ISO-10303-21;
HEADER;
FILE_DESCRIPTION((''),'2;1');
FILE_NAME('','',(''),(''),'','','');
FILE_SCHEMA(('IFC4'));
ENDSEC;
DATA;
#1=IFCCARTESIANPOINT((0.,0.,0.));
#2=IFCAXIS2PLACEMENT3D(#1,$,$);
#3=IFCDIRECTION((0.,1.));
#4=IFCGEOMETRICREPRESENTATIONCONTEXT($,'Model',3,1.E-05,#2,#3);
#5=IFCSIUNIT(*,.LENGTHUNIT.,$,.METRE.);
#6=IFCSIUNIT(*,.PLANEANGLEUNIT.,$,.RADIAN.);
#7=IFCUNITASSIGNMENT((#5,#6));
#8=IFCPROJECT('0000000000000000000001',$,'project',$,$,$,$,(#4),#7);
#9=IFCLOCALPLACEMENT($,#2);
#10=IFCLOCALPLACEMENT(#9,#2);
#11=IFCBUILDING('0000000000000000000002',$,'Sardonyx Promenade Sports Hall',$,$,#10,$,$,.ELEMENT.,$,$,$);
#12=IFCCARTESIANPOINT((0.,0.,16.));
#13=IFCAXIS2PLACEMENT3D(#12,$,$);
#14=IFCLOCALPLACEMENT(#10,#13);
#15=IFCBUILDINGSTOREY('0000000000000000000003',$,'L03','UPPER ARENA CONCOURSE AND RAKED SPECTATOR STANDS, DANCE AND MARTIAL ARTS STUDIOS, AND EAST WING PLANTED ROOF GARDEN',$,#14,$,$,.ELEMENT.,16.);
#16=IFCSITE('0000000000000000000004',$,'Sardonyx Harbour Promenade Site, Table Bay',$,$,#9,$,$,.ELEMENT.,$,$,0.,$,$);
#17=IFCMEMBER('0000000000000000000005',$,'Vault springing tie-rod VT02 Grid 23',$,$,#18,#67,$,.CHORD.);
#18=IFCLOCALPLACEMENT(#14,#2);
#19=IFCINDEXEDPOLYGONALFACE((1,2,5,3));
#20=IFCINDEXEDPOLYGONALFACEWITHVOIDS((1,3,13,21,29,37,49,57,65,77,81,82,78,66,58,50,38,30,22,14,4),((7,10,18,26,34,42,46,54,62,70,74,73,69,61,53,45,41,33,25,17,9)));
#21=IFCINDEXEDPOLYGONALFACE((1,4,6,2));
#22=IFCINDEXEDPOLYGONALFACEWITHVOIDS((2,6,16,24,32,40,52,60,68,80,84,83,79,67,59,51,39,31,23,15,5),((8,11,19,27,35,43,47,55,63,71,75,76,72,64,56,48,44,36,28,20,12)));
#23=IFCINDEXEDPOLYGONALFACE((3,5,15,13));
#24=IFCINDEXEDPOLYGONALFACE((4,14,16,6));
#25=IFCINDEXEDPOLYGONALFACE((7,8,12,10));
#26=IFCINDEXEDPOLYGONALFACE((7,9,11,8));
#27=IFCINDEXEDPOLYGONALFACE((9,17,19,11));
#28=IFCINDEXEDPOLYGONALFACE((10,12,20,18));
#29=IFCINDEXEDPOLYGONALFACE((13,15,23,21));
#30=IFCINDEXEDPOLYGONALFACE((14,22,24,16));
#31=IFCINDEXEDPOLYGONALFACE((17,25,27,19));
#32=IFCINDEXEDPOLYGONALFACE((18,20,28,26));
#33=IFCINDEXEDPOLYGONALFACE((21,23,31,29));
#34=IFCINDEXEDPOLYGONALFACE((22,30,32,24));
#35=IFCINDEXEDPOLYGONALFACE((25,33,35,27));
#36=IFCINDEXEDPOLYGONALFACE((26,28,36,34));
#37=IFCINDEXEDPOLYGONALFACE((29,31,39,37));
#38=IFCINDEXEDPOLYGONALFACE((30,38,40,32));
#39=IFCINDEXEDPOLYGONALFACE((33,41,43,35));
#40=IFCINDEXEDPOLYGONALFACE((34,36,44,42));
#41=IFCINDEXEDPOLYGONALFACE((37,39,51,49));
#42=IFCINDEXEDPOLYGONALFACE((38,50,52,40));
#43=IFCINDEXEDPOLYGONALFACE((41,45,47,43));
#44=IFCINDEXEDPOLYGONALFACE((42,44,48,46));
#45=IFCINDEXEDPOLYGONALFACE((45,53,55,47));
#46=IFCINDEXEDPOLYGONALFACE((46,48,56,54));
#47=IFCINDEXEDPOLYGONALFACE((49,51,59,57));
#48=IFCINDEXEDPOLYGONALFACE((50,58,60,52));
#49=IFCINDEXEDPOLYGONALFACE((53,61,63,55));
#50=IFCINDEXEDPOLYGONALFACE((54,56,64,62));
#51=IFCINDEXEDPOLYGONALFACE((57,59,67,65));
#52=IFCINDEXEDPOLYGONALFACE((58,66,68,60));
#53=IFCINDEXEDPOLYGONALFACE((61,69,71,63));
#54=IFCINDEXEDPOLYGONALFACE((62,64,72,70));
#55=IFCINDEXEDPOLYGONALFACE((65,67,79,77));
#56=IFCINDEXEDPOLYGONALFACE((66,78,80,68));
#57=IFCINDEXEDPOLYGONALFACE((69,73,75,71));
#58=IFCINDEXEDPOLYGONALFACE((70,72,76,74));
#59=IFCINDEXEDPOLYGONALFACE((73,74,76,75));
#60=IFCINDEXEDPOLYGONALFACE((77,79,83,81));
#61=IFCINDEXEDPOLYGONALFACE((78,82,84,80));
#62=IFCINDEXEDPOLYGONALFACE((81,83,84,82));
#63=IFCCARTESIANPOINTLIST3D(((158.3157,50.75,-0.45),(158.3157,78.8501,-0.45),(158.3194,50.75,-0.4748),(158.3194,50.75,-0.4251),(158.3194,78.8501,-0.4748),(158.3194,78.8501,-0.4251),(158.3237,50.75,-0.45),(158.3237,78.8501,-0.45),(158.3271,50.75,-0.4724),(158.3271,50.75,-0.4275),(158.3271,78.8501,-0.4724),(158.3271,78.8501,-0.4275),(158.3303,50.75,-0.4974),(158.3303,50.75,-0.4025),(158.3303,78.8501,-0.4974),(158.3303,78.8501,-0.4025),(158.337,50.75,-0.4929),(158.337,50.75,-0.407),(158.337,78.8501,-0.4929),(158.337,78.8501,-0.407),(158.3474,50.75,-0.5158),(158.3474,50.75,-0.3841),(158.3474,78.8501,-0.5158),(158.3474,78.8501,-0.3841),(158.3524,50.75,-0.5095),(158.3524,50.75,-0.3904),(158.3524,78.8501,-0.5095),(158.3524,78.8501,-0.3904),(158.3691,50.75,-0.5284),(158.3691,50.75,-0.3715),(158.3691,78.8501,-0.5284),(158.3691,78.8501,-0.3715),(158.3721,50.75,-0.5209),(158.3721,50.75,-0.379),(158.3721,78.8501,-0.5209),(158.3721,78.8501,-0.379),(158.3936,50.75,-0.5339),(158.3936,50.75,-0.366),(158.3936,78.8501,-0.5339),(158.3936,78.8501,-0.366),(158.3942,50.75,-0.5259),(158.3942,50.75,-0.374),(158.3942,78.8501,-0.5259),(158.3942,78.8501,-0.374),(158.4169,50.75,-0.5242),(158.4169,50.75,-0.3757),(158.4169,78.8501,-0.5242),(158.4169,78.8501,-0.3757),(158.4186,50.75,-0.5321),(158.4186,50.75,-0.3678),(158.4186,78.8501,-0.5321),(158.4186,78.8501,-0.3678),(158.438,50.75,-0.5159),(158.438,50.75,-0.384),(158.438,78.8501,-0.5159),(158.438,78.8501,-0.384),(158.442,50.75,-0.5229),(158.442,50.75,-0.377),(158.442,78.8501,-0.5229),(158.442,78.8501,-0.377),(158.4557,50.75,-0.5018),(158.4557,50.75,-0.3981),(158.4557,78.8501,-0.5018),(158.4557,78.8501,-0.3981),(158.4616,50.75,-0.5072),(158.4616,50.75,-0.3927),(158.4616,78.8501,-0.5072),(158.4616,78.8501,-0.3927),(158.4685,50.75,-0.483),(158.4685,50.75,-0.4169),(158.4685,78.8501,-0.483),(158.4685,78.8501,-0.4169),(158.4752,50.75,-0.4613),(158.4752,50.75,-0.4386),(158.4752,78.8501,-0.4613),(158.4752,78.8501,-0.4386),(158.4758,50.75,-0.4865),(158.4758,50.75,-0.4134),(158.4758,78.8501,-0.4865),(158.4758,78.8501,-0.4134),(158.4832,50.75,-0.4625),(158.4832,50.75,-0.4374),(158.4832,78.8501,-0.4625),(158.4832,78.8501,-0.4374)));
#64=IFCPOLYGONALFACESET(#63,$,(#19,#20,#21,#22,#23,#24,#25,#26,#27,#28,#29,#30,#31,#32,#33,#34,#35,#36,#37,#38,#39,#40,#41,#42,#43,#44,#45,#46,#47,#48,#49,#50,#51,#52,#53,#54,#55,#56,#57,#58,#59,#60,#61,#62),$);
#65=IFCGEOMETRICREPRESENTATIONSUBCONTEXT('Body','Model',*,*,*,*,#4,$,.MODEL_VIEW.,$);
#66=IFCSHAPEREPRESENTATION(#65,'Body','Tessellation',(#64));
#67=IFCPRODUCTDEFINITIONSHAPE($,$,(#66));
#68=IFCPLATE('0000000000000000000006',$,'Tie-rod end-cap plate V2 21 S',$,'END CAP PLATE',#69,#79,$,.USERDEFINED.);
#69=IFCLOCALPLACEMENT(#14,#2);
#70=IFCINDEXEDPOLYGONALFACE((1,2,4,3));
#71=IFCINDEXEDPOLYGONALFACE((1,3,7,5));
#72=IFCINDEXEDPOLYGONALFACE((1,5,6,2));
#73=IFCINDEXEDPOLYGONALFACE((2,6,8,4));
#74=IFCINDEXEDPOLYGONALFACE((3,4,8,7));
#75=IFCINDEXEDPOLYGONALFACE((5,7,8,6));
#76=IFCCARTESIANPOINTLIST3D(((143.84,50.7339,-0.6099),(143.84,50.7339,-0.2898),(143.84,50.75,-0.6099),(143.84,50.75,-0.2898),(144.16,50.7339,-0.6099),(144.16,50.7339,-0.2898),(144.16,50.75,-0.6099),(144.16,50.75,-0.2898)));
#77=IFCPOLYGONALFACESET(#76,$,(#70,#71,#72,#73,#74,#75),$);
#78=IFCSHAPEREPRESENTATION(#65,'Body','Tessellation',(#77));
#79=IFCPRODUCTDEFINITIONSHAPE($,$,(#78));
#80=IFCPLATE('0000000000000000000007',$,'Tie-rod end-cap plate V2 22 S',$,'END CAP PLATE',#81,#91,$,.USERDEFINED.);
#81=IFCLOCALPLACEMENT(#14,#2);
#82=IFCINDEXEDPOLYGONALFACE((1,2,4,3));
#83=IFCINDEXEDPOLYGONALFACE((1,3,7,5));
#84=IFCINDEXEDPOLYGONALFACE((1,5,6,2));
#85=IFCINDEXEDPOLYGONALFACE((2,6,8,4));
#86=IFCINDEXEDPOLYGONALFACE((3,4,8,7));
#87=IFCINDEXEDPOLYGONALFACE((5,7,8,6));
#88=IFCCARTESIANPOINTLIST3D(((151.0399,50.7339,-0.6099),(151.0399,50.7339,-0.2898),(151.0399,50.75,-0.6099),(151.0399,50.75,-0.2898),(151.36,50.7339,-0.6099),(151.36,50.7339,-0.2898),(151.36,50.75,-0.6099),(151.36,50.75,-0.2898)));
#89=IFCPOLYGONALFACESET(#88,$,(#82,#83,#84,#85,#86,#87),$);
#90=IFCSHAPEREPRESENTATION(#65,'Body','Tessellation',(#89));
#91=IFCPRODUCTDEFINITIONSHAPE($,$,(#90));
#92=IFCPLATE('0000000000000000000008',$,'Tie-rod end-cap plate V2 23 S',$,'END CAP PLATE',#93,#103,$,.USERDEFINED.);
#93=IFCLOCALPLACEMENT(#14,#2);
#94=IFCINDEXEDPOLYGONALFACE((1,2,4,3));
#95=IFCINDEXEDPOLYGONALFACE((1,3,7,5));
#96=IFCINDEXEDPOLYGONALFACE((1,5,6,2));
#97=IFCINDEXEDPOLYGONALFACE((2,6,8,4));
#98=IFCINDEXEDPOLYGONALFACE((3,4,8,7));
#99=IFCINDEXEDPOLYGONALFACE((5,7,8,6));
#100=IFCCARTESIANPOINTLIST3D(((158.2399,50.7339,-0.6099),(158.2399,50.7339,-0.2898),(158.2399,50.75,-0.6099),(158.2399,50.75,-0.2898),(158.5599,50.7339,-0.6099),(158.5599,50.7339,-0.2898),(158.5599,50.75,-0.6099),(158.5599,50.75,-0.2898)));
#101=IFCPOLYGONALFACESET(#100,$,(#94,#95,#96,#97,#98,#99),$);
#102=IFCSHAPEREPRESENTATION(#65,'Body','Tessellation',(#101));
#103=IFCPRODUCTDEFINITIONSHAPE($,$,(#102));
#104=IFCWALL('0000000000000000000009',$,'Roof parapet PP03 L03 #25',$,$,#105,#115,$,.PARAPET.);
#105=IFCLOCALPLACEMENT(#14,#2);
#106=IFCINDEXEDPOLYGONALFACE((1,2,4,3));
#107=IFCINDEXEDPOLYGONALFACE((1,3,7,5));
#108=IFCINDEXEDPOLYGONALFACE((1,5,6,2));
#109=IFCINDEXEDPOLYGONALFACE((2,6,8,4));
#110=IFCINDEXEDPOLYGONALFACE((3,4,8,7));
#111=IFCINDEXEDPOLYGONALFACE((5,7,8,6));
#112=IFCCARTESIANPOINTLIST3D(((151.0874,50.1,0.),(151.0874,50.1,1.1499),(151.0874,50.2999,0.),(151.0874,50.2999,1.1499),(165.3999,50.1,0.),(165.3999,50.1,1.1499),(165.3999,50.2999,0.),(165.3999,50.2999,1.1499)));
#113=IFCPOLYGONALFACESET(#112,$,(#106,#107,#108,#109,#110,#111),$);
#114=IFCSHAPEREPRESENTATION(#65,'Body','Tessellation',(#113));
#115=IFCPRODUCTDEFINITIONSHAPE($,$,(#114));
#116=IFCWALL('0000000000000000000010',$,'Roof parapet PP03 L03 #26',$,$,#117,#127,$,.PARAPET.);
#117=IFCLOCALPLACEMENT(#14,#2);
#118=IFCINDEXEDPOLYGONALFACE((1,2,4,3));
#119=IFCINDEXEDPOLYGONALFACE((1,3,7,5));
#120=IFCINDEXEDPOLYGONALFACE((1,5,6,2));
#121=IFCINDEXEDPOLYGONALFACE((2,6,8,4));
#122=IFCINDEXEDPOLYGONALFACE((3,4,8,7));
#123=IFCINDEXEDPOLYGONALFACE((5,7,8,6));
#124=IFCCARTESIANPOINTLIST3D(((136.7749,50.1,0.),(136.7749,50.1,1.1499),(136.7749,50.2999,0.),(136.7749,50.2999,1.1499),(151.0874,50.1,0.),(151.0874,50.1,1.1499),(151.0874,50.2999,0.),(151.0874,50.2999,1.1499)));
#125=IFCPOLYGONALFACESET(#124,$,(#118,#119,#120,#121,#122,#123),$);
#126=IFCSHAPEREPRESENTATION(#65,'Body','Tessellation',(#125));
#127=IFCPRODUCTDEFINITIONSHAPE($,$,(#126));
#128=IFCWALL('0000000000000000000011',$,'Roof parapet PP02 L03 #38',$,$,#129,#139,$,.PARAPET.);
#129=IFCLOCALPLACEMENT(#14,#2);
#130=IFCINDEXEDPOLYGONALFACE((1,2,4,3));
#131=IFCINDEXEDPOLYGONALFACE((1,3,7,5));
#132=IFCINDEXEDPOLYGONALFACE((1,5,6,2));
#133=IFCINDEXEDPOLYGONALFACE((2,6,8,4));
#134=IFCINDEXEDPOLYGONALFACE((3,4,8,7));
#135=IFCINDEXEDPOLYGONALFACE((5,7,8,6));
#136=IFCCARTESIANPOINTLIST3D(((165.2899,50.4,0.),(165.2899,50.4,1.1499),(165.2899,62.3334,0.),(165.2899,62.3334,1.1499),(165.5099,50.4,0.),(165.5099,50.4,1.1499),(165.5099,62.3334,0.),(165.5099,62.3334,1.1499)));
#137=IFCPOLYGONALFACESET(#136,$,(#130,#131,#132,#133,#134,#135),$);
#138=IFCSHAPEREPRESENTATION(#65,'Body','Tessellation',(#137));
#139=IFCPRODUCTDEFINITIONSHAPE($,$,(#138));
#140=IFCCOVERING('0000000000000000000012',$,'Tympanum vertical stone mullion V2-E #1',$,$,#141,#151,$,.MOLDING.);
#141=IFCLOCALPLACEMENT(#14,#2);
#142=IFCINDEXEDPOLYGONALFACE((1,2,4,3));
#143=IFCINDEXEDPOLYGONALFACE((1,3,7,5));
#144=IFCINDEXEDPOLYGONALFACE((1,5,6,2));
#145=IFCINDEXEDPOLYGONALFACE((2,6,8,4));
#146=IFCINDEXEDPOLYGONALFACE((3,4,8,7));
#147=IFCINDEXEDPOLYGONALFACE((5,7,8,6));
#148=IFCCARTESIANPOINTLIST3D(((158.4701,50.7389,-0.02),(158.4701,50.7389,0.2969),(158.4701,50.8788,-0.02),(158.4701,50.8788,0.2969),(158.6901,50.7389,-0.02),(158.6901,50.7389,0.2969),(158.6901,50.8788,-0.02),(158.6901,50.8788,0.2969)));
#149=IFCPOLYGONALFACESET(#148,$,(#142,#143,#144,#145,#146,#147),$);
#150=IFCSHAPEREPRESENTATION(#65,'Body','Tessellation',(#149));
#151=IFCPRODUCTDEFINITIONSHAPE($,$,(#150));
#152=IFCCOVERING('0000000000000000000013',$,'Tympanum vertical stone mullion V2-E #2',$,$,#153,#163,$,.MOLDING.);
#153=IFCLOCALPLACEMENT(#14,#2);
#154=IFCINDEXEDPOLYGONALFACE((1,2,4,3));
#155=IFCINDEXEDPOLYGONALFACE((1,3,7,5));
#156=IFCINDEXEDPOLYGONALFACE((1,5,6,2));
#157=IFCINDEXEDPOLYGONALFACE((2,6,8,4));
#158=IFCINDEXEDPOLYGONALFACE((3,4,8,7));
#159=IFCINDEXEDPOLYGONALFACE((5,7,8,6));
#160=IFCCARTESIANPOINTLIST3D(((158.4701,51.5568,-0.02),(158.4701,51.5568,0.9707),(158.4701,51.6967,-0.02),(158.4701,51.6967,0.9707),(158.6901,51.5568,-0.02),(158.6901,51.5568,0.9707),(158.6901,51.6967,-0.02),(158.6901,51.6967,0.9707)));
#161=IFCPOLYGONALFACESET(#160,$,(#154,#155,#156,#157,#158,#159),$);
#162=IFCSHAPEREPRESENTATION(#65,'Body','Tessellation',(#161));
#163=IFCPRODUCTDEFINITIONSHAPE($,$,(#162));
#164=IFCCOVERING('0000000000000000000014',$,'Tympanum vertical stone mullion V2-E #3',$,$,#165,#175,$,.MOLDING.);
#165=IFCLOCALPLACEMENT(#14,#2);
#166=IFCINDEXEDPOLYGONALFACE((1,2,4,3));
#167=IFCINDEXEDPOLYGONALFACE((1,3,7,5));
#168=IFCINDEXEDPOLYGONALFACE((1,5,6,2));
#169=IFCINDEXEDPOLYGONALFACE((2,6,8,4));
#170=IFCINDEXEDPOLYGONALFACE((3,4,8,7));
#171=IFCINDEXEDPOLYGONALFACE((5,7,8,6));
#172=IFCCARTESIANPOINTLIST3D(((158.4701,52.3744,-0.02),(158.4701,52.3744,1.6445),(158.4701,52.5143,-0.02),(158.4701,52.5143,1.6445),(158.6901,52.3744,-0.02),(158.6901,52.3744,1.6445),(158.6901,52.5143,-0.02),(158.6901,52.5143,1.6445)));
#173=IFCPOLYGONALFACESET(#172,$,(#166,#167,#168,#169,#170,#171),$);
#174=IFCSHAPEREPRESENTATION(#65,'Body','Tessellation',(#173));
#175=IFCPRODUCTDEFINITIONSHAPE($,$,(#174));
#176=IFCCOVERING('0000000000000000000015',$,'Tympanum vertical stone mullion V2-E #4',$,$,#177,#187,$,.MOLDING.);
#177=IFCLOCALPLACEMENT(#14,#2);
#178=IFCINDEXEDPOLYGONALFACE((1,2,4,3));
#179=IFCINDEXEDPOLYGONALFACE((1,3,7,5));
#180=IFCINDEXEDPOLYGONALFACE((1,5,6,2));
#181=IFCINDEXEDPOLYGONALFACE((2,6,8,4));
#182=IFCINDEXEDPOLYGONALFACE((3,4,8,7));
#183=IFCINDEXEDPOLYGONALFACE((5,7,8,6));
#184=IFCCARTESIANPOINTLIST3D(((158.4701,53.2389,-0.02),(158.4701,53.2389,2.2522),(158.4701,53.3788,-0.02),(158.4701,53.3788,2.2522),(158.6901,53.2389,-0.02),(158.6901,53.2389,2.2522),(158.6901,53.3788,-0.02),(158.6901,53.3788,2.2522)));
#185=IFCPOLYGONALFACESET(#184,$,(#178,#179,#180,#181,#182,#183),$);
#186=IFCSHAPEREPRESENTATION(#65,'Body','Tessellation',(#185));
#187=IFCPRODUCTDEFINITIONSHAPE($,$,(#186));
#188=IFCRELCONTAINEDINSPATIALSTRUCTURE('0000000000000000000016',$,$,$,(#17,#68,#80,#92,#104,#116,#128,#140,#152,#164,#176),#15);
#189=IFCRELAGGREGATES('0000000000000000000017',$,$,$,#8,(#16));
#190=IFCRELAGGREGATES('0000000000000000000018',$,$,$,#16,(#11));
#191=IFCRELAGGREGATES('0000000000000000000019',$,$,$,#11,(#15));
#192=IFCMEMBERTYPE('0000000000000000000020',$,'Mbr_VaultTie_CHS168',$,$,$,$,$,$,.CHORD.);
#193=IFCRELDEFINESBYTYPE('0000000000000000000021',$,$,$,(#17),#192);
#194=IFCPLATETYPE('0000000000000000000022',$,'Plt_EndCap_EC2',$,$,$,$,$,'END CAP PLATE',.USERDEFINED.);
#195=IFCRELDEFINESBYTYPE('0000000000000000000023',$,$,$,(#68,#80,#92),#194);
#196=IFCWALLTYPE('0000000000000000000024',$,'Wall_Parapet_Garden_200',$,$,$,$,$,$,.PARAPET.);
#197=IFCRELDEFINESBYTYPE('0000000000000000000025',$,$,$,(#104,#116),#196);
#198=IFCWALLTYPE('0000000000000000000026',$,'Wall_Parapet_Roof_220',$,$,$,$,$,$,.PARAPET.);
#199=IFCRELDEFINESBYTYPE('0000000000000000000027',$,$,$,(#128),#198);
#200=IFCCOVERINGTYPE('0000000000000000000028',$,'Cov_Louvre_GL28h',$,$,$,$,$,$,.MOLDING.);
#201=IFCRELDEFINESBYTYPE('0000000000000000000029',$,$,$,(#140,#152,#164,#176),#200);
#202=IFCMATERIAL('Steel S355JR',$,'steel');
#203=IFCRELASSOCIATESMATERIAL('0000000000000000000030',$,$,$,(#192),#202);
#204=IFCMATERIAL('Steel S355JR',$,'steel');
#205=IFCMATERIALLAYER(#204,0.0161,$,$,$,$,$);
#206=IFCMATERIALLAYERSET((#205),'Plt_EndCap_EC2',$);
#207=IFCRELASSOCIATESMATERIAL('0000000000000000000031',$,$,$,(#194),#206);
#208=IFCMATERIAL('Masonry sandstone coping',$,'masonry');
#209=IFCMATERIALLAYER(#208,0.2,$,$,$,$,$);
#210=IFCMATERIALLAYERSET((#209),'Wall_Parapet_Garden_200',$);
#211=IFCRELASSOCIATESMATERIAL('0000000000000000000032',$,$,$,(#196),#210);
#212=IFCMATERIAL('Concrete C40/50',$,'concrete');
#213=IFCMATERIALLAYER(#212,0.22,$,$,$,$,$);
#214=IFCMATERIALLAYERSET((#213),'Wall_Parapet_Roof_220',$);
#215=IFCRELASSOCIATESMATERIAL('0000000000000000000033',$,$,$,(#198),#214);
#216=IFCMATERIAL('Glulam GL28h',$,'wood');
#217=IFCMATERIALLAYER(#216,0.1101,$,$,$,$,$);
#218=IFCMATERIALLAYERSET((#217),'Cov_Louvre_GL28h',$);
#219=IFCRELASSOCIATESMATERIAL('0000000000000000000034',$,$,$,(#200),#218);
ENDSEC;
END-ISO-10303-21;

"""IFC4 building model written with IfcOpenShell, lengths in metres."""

from ifc_helpers import new_model, si_unit, direction, frame, frame_2d, origin, origin_2d, place, context, subcontext, project, spatial, rectangle, hollow_circle, extrude, material, layer, layer_set, material_profile, profile_set, type_object, element, save


model = new_model("IFC4")

# Units and contexts
model_context = context("Model", 3, precision=1e-05, world=origin(), true_north=direction((0.0, 1.0)))
body_context = subcontext(model_context, "Body", "Model", "MODEL_VIEW")
ifc_project = project(units=[si_unit("LENGTHUNIT", "METRE"), si_unit("PLANEANGLEUNIT", "RADIAN")], contexts=[model_context])

# Site, building, storey
site_placement = place(None, origin())
site = spatial("IfcSite", under=ifc_project, at=site_placement, Name="Sardonyx Harbour Promenade Site, Table Bay", CompositionType="ELEMENT", RefElevation=0.0)
building_placement = place(site_placement, origin())
building = spatial("IfcBuilding", under=site, at=building_placement, Name="Sardonyx Promenade Sports Hall", CompositionType="ELEMENT")
storey_placement = place(building_placement, frame((0.0, 0.0, 16.0)))
storey = spatial("IfcBuildingStorey", under=building, at=storey_placement, Name="L03", Description="UPPER ARENA CONCOURSE AND RAKED SPECTATOR STANDS, DANCE AND MARTIAL ARTS STUDIOS, AND EAST WING PLANTED ROOF GARDEN", CompositionType="ELEMENT", Elevation=16.0)

# Member
ifc_material_1 = material(Name="Steel S355JR", Category="steel")
ifc_material_profile_1 = material_profile(ifc_material_1, hollow_circle(Radius=0.0842, WallThickness=0.0081, at=origin_2d()))
ifc_profile_set_1 = profile_set([ifc_material_profile_1], Name="Steel S355JR")
member_type = type_object("IfcMemberType", Name="Mbr_VaultTie_CHS168", PredefinedType="CHORD", material=ifc_profile_set_1)
for number, where, z_axis, x_axis, name in (
    (1, (158.3999, 50.75, -0.45), (0.0, 1.0, 0.0), (-1.0, 0.0, 0.0), "Vault springing tie-rod VT02 Grid 23"),
):
    element("IfcMember", number, at=place(storey_placement, frame(where, z_axis=z_axis, x_axis=x_axis)), inside=storey, type_object=member_type, Name=name, PredefinedType="CHORD", context=body_context, shape_type="SweptSolid", body=[
        extrude(hollow_circle(Radius=0.0842, WallThickness=0.0081, at=origin_2d()), origin(), (0.0, 0.0, 1.0), 28.1001),
    ])

# Plates
ifc_material_2 = material(Name="Steel S355JR", Category="steel")
ifc_layer_1 = layer(ifc_material_2, 0.0161)
ifc_layer_set_1 = layer_set([ifc_layer_1], Name="Plt_EndCap_EC2")
plate_type = type_object("IfcPlateType", Name="Plt_EndCap_EC2", ElementType="END CAP PLATE", PredefinedType="USERDEFINED", material=ifc_layer_set_1)
for number, where, z_axis, x_axis, name in (
    (2, (144.0, 50.7419, -0.6099), (0.0, 0.0, 1.0), (1.0, 0.0, 0.0), "Tie-rod end-cap plate V2 21 S"),
    (3, (151.2, 50.7419, -0.6099), (0.0, 0.0, 1.0), (1.0, 0.0, 0.0), "Tie-rod end-cap plate V2 22 S"),
    (4, (158.3999, 50.7419, -0.6099), (0.0, 0.0, 1.0), (1.0, 0.0, 0.0), "Tie-rod end-cap plate V2 23 S"),
):
    element("IfcPlate", number, at=place(storey_placement, frame(where, z_axis=z_axis, x_axis=x_axis)), inside=storey, type_object=plate_type, Name=name, ObjectType="END CAP PLATE", PredefinedType="USERDEFINED", context=body_context, shape_type="SweptSolid", body=[
        extrude(rectangle(XDim=0.3201, YDim=0.0161, at=origin_2d()), origin(), (0.0, 0.0, 1.0), 0.3201),
    ])

# Walls
ifc_material_3 = material(Name="Masonry sandstone coping", Category="masonry")
ifc_layer_2 = layer(ifc_material_3, 0.2)
ifc_layer_set_2 = layer_set([ifc_layer_2], Name="Wall_Parapet_Garden_200")
wall_type_1 = type_object("IfcWallType", Name="Wall_Parapet_Garden_200", PredefinedType="PARAPET", material=ifc_layer_set_2)
for number, where, z_axis, x_axis, name in (
    (5, (165.3999, 50.2, 0.0), (0.0, 0.0, 1.0), (-1.0, 0.0, 0.0), "Roof parapet PP03 L03 #25"),
    (6, (151.0874, 50.2, 0.0), (0.0, 0.0, 1.0), (-1.0, 0.0, 0.0), "Roof parapet PP03 L03 #26"),
):
    element("IfcWall", number, at=place(storey_placement, frame(where, z_axis=z_axis, x_axis=x_axis)), inside=storey, type_object=wall_type_1, Name=name, PredefinedType="PARAPET", context=body_context, shape_type="SweptSolid", body=[
        extrude(rectangle(XDim=14.3125, YDim=0.2, at=frame_2d((7.1562, 0.0))), origin(), (0.0, 0.0, 1.0), 1.1499),
    ])
ifc_material_4 = material(Name="Concrete C40/50", Category="concrete")
ifc_layer_3 = layer(ifc_material_4, 0.22)
ifc_layer_set_3 = layer_set([ifc_layer_3], Name="Wall_Parapet_Roof_220")
wall_type_2 = type_object("IfcWallType", Name="Wall_Parapet_Roof_220", PredefinedType="PARAPET", material=ifc_layer_set_3)
wall_placement = place(storey_placement, frame((165.3999, 50.3999, 0.0), z_axis=(0.0, 0.0, 1.0), x_axis=(0.0, 1.0, 0.0)))
element("IfcWall", 7, at=wall_placement, inside=storey, type_object=wall_type_2, Name="Roof parapet PP02 L03 #38", PredefinedType="PARAPET", context=body_context, shape_type="SweptSolid", body=[
    extrude(rectangle(XDim=11.9333, YDim=0.22, at=frame_2d((5.9668, 0.0))), origin(), (0.0, 0.0, 1.0), 1.1499),
])

# Coverings
ifc_material_5 = material(Name="Glulam GL28h", Category="wood")
ifc_layer_4 = layer(ifc_material_5, 0.1101)
ifc_layer_set_4 = layer_set([ifc_layer_4], Name="Cov_Louvre_GL28h")
covering_type_1 = type_object("IfcCoveringType", Name="Cov_Louvre_GL28h", PredefinedType="MOLDING", material=ifc_layer_set_4)
covering_1_placement = place(storey_placement, frame((158.5801, 50.8088, -0.02), z_axis=(0.0, 0.0, 1.0), x_axis=(1.0, 0.0, 0.0)))
element("IfcCovering", 8, at=covering_1_placement, inside=storey, type_object=covering_type_1, Name="Tympanum vertical stone mullion V2-E #1", PredefinedType="MOLDING", context=body_context, shape_type="SweptSolid", body=[
    extrude(rectangle(XDim=0.22, YDim=0.1399, at=origin_2d()), origin(), (0.0, 0.0, 1.0), 0.3169),
])
covering_2_placement = place(storey_placement, frame((158.5801, 51.6267, -0.02), z_axis=(0.0, 0.0, 1.0), x_axis=(1.0, 0.0, 0.0)))
element("IfcCovering", 9, at=covering_2_placement, inside=storey, type_object=covering_type_1, Name="Tympanum vertical stone mullion V2-E #2", PredefinedType="MOLDING", context=body_context, shape_type="SweptSolid", body=[
    extrude(rectangle(XDim=0.22, YDim=0.1399, at=origin_2d()), origin(), (0.0, 0.0, 1.0), 0.9907),
])
covering_3_placement = place(storey_placement, frame((158.5801, 52.4443, -0.02), z_axis=(0.0, 0.0, 1.0), x_axis=(1.0, 0.0, 0.0)))
element("IfcCovering", 10, at=covering_3_placement, inside=storey, type_object=covering_type_1, Name="Tympanum vertical stone mullion V2-E #3", PredefinedType="MOLDING", context=body_context, shape_type="SweptSolid", body=[
    extrude(rectangle(XDim=0.22, YDim=0.1399, at=origin_2d()), origin(), (0.0, 0.0, 1.0), 1.6646),
])
covering_4_placement = place(storey_placement, frame((158.5801, 53.3088, -0.02), z_axis=(0.0, 0.0, 1.0), x_axis=(1.0, 0.0, 0.0)))
element("IfcCovering", 11, at=covering_4_placement, inside=storey, type_object=covering_type_1, Name="Tympanum vertical stone mullion V2-E #4", PredefinedType="MOLDING", context=body_context, shape_type="SweptSolid", body=[
    extrude(rectangle(XDim=0.22, YDim=0.1399, at=origin_2d()), origin(), (0.0, 0.0, 1.0), 2.2722),
])

save(model, "model.ifc")
